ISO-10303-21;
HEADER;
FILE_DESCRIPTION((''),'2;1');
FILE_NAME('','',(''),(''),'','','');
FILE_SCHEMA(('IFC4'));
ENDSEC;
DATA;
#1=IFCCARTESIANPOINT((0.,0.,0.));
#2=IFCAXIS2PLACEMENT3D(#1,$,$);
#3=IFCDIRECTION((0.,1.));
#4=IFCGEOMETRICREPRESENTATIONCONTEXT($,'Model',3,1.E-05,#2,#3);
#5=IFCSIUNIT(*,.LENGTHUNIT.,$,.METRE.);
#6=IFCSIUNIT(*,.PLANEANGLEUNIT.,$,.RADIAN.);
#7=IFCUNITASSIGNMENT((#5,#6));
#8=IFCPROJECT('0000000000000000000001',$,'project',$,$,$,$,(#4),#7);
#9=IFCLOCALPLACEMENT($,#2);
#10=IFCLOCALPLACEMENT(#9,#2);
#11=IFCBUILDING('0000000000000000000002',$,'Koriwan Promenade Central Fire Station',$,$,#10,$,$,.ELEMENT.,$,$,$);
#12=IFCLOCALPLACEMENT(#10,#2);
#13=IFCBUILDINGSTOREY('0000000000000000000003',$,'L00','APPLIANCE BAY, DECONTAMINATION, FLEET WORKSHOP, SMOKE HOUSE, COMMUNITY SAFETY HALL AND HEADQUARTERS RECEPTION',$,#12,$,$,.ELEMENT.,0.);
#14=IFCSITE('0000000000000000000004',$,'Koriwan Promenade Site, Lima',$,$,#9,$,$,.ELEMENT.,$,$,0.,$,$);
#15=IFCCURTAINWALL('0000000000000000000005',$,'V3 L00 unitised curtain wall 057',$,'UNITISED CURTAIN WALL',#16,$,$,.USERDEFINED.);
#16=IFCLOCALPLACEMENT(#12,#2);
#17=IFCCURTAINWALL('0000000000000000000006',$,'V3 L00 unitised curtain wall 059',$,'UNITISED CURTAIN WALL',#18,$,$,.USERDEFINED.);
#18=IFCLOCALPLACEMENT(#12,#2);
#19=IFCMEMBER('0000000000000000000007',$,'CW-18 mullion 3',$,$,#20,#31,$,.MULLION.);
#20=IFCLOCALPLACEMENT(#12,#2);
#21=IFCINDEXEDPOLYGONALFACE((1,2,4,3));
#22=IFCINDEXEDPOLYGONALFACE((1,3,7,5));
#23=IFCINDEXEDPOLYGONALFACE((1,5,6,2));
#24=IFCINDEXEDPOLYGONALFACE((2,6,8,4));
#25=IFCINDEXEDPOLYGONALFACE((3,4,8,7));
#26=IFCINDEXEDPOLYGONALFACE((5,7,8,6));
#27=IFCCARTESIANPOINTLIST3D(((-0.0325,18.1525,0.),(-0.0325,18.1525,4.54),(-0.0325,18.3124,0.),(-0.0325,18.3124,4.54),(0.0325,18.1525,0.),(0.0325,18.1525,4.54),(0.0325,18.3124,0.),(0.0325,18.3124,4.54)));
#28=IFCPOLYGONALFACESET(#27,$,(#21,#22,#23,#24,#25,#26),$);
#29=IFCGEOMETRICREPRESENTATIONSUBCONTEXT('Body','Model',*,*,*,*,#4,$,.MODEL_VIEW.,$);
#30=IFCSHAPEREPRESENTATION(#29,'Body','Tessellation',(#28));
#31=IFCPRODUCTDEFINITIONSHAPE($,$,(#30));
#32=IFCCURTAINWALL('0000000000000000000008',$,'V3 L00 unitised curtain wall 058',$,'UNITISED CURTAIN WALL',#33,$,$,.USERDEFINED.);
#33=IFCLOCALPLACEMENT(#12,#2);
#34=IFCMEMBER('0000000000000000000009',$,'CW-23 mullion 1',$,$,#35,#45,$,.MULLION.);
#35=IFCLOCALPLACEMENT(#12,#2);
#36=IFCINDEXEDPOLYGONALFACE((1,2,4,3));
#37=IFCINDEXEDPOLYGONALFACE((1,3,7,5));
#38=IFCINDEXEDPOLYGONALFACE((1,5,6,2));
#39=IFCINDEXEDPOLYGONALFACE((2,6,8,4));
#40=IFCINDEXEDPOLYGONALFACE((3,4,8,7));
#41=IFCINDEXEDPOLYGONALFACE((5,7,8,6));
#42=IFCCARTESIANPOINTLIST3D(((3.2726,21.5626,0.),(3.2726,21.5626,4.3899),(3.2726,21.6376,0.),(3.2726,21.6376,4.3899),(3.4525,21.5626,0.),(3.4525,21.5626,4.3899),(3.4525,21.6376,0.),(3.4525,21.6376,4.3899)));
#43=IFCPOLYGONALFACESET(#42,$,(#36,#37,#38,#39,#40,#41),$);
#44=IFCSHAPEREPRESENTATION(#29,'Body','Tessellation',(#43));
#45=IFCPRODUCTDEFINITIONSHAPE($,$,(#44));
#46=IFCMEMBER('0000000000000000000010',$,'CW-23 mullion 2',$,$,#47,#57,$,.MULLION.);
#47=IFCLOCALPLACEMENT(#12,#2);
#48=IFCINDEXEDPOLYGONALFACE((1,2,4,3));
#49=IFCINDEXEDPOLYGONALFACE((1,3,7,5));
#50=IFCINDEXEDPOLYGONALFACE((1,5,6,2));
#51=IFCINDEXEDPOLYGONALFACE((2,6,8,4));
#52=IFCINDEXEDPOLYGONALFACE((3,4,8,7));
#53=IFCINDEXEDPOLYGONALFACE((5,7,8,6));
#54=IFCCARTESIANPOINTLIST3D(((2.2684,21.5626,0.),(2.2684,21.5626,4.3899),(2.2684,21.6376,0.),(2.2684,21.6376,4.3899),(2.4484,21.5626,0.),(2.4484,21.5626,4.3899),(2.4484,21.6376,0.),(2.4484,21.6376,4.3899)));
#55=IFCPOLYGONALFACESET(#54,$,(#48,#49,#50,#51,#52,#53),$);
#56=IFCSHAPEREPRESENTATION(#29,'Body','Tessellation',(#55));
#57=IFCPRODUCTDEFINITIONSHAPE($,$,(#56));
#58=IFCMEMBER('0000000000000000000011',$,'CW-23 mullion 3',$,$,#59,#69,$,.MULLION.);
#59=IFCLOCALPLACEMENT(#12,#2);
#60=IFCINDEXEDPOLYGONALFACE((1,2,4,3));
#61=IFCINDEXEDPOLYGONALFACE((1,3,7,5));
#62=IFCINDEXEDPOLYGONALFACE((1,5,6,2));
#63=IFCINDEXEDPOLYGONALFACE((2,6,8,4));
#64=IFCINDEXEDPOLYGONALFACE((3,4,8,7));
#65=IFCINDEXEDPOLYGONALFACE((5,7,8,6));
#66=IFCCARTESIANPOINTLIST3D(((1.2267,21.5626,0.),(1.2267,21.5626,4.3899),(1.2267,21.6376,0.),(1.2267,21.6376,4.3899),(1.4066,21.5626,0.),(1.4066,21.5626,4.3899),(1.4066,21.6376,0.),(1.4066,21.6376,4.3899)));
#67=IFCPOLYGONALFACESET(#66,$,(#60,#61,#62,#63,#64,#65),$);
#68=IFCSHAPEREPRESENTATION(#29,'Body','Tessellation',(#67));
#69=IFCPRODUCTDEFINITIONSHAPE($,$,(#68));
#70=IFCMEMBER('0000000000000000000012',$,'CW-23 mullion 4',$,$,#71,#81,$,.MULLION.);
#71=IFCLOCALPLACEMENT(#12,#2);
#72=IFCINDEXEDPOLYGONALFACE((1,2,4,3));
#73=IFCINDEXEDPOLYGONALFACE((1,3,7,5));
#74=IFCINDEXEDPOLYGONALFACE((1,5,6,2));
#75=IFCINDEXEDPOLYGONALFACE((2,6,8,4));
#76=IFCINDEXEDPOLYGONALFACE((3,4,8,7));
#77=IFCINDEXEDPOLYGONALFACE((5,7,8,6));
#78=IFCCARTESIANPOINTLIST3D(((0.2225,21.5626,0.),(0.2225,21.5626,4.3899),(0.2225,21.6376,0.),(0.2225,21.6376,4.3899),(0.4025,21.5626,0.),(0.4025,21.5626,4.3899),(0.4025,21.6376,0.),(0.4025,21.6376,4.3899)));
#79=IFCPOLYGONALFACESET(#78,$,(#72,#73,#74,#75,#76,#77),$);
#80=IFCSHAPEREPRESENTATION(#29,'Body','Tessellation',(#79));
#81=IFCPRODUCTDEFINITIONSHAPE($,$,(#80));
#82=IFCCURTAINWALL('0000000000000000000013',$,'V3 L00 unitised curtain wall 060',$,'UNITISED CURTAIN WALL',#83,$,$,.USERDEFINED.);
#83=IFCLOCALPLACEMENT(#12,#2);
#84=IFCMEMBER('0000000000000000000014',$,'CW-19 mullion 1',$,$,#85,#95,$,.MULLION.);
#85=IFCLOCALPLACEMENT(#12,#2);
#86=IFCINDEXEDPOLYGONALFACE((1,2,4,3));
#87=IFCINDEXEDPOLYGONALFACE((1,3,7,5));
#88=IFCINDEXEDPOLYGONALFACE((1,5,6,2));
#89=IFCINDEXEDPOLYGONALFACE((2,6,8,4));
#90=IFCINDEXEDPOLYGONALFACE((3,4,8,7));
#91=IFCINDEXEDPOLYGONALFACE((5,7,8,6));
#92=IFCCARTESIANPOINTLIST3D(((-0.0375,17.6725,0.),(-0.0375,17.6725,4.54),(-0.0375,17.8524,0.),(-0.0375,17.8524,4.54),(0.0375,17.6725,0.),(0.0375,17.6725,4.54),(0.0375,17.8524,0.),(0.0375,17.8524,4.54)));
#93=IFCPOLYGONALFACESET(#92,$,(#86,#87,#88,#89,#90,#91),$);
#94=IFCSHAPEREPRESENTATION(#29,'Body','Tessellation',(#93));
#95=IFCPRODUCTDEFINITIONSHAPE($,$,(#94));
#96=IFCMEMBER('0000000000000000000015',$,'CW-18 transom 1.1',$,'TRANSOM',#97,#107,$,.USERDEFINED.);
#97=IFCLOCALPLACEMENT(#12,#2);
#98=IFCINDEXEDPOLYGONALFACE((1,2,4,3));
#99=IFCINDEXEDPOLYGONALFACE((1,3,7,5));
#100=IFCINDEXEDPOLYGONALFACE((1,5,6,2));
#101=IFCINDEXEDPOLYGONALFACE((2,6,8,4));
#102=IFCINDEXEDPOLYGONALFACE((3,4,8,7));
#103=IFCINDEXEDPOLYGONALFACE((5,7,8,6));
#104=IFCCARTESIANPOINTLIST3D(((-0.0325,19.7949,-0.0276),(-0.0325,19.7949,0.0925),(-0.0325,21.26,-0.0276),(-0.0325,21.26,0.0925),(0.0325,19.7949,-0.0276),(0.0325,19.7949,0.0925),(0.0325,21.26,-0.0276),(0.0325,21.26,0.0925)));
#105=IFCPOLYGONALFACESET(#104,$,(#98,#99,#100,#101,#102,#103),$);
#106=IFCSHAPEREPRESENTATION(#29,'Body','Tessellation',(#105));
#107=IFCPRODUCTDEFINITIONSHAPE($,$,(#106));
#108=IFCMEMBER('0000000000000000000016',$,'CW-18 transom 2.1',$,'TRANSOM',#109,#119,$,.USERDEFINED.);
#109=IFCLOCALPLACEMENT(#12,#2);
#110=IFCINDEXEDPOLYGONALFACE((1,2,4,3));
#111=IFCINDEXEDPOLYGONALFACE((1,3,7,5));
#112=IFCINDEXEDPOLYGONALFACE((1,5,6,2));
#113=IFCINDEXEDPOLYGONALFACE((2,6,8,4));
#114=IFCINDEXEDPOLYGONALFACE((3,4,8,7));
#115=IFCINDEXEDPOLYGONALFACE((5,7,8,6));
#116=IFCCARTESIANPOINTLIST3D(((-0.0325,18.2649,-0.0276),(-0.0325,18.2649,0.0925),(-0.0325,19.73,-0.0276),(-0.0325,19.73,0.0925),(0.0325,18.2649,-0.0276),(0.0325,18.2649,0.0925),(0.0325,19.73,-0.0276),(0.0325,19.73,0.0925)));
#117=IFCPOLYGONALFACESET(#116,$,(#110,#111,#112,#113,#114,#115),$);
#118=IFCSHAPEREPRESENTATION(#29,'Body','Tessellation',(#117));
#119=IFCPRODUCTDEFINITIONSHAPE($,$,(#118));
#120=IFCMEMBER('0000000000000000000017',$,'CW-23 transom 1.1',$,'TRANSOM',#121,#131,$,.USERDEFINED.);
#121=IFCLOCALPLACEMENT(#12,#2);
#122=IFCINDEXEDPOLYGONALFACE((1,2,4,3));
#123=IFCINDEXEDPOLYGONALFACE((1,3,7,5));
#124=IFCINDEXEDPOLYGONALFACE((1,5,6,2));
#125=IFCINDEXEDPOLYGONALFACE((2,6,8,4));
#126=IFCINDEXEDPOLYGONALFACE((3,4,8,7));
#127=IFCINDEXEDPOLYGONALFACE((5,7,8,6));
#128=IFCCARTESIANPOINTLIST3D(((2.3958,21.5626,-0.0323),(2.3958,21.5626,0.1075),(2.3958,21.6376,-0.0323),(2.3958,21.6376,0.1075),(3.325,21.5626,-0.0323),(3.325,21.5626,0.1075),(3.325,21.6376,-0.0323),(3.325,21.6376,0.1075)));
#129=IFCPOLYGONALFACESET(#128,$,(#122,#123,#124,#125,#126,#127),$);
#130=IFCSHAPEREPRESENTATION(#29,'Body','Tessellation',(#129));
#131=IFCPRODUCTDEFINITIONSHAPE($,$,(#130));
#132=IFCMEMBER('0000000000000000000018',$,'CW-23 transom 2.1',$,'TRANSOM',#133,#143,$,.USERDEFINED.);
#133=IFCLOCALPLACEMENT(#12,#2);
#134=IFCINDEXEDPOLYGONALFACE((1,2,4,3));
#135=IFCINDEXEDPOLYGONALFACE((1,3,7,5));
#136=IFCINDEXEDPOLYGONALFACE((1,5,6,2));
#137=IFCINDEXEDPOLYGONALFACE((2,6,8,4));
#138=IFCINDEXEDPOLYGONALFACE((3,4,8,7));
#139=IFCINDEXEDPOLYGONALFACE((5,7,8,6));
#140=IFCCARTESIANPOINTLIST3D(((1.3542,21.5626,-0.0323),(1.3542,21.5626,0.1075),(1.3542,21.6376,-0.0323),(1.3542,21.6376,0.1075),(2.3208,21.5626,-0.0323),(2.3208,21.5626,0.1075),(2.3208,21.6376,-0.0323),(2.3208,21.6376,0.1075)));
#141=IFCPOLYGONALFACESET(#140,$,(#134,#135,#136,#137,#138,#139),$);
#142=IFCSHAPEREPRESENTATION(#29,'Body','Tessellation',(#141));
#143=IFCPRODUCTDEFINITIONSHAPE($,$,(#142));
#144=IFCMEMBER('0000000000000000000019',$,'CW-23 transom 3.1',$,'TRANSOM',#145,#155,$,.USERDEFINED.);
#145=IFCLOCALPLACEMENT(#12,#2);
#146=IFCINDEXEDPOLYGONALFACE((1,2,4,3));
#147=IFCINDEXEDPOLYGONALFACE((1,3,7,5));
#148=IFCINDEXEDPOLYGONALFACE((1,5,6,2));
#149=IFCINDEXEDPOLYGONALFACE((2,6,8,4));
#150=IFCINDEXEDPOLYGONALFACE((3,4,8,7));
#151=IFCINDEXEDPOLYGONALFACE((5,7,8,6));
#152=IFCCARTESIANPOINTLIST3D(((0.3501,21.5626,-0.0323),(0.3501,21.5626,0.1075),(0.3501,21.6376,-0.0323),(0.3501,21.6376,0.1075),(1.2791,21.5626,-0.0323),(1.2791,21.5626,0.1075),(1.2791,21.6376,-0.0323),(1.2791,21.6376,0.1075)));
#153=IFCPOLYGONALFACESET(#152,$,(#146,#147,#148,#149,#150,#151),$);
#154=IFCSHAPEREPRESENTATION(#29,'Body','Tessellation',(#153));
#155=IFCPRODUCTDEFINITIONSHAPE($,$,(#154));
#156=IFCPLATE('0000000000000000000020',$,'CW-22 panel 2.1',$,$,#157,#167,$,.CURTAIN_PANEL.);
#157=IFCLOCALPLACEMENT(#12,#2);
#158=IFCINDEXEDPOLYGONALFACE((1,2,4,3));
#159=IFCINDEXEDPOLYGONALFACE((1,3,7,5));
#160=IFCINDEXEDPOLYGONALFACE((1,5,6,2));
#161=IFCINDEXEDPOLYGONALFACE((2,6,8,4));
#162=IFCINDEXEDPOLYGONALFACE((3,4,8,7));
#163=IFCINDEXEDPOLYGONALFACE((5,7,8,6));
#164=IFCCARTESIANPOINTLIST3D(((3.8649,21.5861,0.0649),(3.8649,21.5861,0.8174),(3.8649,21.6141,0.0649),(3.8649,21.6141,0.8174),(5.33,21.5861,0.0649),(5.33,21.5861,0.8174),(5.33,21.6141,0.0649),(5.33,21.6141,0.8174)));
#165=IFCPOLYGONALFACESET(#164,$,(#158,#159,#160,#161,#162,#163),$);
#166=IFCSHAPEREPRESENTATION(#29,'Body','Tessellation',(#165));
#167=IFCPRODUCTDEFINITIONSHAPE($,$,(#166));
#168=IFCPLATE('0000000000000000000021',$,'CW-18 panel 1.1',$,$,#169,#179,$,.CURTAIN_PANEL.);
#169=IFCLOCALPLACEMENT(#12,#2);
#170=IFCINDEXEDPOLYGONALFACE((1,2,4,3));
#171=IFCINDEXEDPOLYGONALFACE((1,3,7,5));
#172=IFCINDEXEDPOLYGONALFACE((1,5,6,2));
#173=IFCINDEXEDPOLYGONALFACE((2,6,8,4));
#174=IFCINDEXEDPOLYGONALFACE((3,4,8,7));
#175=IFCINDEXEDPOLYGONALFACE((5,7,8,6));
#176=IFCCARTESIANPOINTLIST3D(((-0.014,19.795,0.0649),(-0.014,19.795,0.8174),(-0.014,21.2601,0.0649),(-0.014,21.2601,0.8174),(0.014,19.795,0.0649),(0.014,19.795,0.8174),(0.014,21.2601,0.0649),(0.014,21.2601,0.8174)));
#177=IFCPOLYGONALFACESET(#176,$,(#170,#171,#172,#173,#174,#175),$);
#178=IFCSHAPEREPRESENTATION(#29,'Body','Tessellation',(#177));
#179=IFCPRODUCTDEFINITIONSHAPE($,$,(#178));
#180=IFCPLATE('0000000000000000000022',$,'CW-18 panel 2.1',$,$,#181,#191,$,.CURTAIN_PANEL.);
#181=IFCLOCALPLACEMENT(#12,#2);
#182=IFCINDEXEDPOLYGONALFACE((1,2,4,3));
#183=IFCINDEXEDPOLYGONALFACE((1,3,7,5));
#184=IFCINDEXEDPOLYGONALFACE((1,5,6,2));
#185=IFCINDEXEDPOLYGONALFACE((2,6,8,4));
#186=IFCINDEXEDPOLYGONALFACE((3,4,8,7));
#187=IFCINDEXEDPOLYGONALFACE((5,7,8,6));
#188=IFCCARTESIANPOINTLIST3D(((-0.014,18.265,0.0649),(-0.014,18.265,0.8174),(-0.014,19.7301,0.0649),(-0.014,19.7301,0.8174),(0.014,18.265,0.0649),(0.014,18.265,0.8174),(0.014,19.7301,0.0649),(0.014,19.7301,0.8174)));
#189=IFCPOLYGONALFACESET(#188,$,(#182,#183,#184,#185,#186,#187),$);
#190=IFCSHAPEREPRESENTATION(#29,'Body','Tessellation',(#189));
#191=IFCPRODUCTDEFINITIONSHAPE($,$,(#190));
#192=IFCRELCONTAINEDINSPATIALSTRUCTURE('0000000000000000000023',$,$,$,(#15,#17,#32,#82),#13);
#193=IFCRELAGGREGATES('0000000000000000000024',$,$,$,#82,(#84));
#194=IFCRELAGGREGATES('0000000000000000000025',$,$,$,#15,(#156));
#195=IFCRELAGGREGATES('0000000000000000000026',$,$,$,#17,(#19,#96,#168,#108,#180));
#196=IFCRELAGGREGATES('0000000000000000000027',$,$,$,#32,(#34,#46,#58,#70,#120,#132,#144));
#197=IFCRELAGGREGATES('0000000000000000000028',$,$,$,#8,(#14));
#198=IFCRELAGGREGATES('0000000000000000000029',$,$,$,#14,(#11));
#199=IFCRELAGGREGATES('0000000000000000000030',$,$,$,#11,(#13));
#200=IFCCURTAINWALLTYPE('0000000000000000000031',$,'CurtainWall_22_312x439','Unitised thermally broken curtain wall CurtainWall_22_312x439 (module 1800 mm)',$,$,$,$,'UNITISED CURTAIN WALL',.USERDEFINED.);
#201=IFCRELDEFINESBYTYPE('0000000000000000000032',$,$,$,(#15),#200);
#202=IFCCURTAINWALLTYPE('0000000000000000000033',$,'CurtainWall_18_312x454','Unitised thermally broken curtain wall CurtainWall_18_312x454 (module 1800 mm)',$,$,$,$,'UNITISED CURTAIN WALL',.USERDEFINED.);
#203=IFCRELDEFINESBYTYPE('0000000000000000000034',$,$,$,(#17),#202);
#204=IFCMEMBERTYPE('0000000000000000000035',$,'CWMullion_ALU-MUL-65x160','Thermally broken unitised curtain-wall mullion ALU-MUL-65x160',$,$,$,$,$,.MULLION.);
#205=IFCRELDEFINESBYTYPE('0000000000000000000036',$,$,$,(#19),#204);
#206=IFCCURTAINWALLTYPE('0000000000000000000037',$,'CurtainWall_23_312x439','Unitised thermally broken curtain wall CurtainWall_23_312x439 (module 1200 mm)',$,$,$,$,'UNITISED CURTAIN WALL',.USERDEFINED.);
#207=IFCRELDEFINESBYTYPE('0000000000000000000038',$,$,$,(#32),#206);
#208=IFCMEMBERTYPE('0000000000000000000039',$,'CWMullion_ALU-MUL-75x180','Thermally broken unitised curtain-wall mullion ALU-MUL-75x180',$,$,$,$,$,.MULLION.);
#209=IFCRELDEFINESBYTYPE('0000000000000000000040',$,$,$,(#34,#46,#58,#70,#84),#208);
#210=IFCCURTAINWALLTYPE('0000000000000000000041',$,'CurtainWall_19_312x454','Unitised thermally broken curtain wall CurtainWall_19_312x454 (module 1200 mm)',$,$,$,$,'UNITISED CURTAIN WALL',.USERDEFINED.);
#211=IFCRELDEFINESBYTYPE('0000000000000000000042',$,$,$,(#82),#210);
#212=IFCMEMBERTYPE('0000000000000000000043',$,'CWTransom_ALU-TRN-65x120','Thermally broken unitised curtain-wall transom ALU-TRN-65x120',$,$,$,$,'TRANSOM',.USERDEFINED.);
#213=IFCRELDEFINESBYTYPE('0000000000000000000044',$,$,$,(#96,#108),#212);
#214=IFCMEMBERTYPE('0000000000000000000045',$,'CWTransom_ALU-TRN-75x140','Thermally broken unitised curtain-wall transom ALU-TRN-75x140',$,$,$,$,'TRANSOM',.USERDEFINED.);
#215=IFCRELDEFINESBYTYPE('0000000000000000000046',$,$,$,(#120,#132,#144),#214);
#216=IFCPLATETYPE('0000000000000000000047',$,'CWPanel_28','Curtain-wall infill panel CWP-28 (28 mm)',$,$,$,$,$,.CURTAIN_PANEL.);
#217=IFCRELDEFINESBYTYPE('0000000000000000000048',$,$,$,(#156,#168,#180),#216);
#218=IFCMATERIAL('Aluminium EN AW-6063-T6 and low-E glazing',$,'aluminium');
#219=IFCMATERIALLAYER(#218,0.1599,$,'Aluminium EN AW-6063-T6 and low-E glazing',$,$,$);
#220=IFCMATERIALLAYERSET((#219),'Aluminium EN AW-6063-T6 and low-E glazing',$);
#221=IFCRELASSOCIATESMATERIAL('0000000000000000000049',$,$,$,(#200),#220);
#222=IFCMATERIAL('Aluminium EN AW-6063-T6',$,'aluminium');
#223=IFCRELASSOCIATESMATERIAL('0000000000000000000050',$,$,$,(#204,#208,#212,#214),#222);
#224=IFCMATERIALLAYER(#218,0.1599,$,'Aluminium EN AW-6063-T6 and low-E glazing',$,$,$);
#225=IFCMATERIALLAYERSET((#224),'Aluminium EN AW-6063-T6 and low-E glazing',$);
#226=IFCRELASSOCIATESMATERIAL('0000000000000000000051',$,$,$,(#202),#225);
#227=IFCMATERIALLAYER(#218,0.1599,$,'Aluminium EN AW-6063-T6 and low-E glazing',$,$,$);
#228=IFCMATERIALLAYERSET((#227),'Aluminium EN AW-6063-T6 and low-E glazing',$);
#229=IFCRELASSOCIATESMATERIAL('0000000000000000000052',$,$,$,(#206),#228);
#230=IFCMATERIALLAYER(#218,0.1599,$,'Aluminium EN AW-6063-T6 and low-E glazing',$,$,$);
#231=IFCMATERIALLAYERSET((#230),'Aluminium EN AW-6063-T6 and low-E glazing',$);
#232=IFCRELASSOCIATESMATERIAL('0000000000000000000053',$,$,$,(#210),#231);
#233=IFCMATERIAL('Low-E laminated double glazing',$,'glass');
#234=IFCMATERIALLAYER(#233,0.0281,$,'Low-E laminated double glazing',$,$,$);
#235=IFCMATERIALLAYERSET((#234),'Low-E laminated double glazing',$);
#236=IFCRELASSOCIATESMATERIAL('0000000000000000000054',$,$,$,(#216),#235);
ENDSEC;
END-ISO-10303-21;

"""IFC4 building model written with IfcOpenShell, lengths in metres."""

from ifc_helpers import new_model, si_unit, direction, frame, origin, origin_2d, place, context, subcontext, project, spatial, rectangle, extrude, material, layer, layer_set, material_profile, profile_set, type_object, element, aggregate, save


model = new_model("IFC4")

# Units and contexts
model_context = context("Model", 3, precision=1e-05, world=origin(), true_north=direction((0.0, 1.0)))
body_context = subcontext(model_context, "Body", "Model", "MODEL_VIEW")
ifc_project = project(units=[si_unit("LENGTHUNIT", "METRE"), si_unit("PLANEANGLEUNIT", "RADIAN")], contexts=[model_context])

# Site, building, storey
site_placement = place(None, origin())
site = spatial("IfcSite", under=ifc_project, at=site_placement, Name="Koriwan Promenade Site, Lima", CompositionType="ELEMENT", RefElevation=0.0)
building_placement = place(site_placement, origin())
building = spatial("IfcBuilding", under=site, at=building_placement, Name="Koriwan Promenade Central Fire Station", CompositionType="ELEMENT")
storey_placement = place(building_placement, origin())
storey = spatial("IfcBuildingStorey", under=building, at=storey_placement, Name="L00", Description="APPLIANCE BAY, DECONTAMINATION, FLEET WORKSHOP, SMOKE HOUSE, COMMUNITY SAFETY HALL AND HEADQUARTERS RECEPTION", CompositionType="ELEMENT", Elevation=0.0)

# Curtain wall
ifc_material_1 = material(Name="Aluminium EN AW-6063-T6 and low-E glazing", Category="aluminium")
ifc_layer_1 = layer(ifc_material_1, 0.1599, Name="Aluminium EN AW-6063-T6 and low-E glazing")
ifc_layer_set_1 = layer_set([ifc_layer_1], Name="Aluminium EN AW-6063-T6 and low-E glazing")
curtain_wall_type_1 = type_object("IfcCurtainWallType", Name="CurtainWall_22_312x439", Description="Unitised thermally broken curtain wall CurtainWall_22_312x439 (module 1800 mm)", ElementType="UNITISED CURTAIN WALL", PredefinedType="USERDEFINED", material=ifc_layer_set_1)
curtain_wall_1_placement = place(storey_placement, origin())
curtain_wall_1 = element("IfcCurtainWall", 1, at=curtain_wall_1_placement, inside=storey, type_object=curtain_wall_type_1, Name="V3 L00 unitised curtain wall 057", ObjectType="UNITISED CURTAIN WALL", PredefinedType="USERDEFINED")
ifc_material_2 = material(Name="Aluminium EN AW-6063-T6", Category="aluminium")
ifc_material_profile_1 = material_profile(ifc_material_2, rectangle(XDim=0.0649, YDim=0.1599, at=origin_2d()), Name="ALU-MUL-65x160")
ifc_profile_set_1 = profile_set([ifc_material_profile_1], Name="Aluminium EN AW-6063-T6")
member_type_1 = type_object("IfcMemberType", Name="CWMullion_ALU-MUL-65x160", Description="Thermally broken unitised curtain-wall mullion ALU-MUL-65x160", PredefinedType="MULLION", material=ifc_profile_set_1)

# Curtain walls, members
ifc_layer_2 = layer(ifc_material_1, 0.1599, Name="Aluminium EN AW-6063-T6 and low-E glazing")
ifc_layer_set_2 = layer_set([ifc_layer_2], Name="Aluminium EN AW-6063-T6 and low-E glazing")
curtain_wall_type_2 = type_object("IfcCurtainWallType", Name="CurtainWall_18_312x454", Description="Unitised thermally broken curtain wall CurtainWall_18_312x454 (module 1800 mm)", ElementType="UNITISED CURTAIN WALL", PredefinedType="USERDEFINED", material=ifc_layer_set_2)
curtain_wall_2_placement = place(storey_placement, origin())
curtain_wall_2 = element("IfcCurtainWall", 2, at=curtain_wall_2_placement, inside=storey, type_object=curtain_wall_type_2, Name="V3 L00 unitised curtain wall 059", ObjectType="UNITISED CURTAIN WALL", PredefinedType="USERDEFINED")
member_1_placement = place(storey_placement, frame((0.0, 18.2324, 0.0), z_axis=(0.0, 0.0, 1.0), x_axis=(1.0, 0.0, 0.0)))
member_1 = element("IfcMember", 3, at=member_1_placement, type_object=member_type_1, Name="CW-18 mullion 3", PredefinedType="MULLION", context=body_context, shape_type="SweptSolid", body=[
    extrude(rectangle(XDim=0.0649, YDim=0.1599, at=origin_2d()), origin(), (0.0, 0.0, 1.0), 4.54),
])
ifc_layer_3 = layer(ifc_material_1, 0.1599, Name="Aluminium EN AW-6063-T6 and low-E glazing")
ifc_layer_set_3 = layer_set([ifc_layer_3], Name="Aluminium EN AW-6063-T6 and low-E glazing")
curtain_wall_type_3 = type_object("IfcCurtainWallType", Name="CurtainWall_23_312x439", Description="Unitised thermally broken curtain wall CurtainWall_23_312x439 (module 1200 mm)", ElementType="UNITISED CURTAIN WALL", PredefinedType="USERDEFINED", material=ifc_layer_set_3)
curtain_wall_3_placement = place(storey_placement, origin())
curtain_wall_3 = element("IfcCurtainWall", 4, at=curtain_wall_3_placement, inside=storey, type_object=curtain_wall_type_3, Name="V3 L00 unitised curtain wall 058", ObjectType="UNITISED CURTAIN WALL", PredefinedType="USERDEFINED")
ifc_material_profile_2 = material_profile(ifc_material_2, rectangle(XDim=0.075, YDim=0.1799, at=origin_2d()), Name="ALU-MUL-75x180")
ifc_profile_set_2 = profile_set([ifc_material_profile_2], Name="Aluminium EN AW-6063-T6")
member_type_2 = type_object("IfcMemberType", Name="CWMullion_ALU-MUL-75x180", Description="Thermally broken unitised curtain-wall mullion ALU-MUL-75x180", PredefinedType="MULLION", material=ifc_profile_set_2)
member_2_placement = place(storey_placement, frame((3.3625, 21.6001, 0.0), z_axis=(0.0, 0.0, 1.0), x_axis=(0.0, -1.0, 0.0)))
member_2 = element("IfcMember", 5, at=member_2_placement, type_object=member_type_2, Name="CW-23 mullion 1", PredefinedType="MULLION", context=body_context, shape_type="SweptSolid", body=[
    extrude(rectangle(XDim=0.075, YDim=0.1799, at=origin_2d()), origin(), (0.0, 0.0, 1.0), 4.3899),
])
member_3_placement = place(storey_placement, frame((2.3584, 21.6001, 0.0), z_axis=(0.0, 0.0, 1.0), x_axis=(0.0, -1.0, 0.0)))
member_3 = element("IfcMember", 6, at=member_3_placement, type_object=member_type_2, Name="CW-23 mullion 2", PredefinedType="MULLION", context=body_context, shape_type="SweptSolid", body=[
    extrude(rectangle(XDim=0.075, YDim=0.1799, at=origin_2d()), origin(), (0.0, 0.0, 1.0), 4.3899),
])
member_4_placement = place(storey_placement, frame((1.3167, 21.6001, 0.0), z_axis=(0.0, 0.0, 1.0), x_axis=(0.0, -1.0, 0.0)))
member_4 = element("IfcMember", 7, at=member_4_placement, type_object=member_type_2, Name="CW-23 mullion 3", PredefinedType="MULLION", context=body_context, shape_type="SweptSolid", body=[
    extrude(rectangle(XDim=0.075, YDim=0.1799, at=origin_2d()), origin(), (0.0, 0.0, 1.0), 4.3899),
])
member_5_placement = place(storey_placement, frame((0.3125, 21.6001, 0.0), z_axis=(0.0, 0.0, 1.0), x_axis=(0.0, -1.0, 0.0)))
member_5 = element("IfcMember", 8, at=member_5_placement, type_object=member_type_2, Name="CW-23 mullion 4", PredefinedType="MULLION", context=body_context, shape_type="SweptSolid", body=[
    extrude(rectangle(XDim=0.075, YDim=0.1799, at=origin_2d()), origin(), (0.0, 0.0, 1.0), 4.3899),
])

# Curtain wall, member
ifc_layer_4 = layer(ifc_material_1, 0.1599, Name="Aluminium EN AW-6063-T6 and low-E glazing")
ifc_layer_set_4 = layer_set([ifc_layer_4], Name="Aluminium EN AW-6063-T6 and low-E glazing")
curtain_wall_type_4 = type_object("IfcCurtainWallType", Name="CurtainWall_19_312x454", Description="Unitised thermally broken curtain wall CurtainWall_19_312x454 (module 1200 mm)", ElementType="UNITISED CURTAIN WALL", PredefinedType="USERDEFINED", material=ifc_layer_set_4)
curtain_wall_4_placement = place(storey_placement, origin())
curtain_wall_4 = element("IfcCurtainWall", 9, at=curtain_wall_4_placement, inside=storey, type_object=curtain_wall_type_4, Name="V3 L00 unitised curtain wall 060", ObjectType="UNITISED CURTAIN WALL", PredefinedType="USERDEFINED")
member_6_placement = place(storey_placement, frame((0.0, 17.7625, 0.0), z_axis=(0.0, 0.0, 1.0), x_axis=(1.0, 0.0, 0.0)))
member_6 = element("IfcMember", 10, at=member_6_placement, type_object=member_type_2, Name="CW-19 mullion 1", PredefinedType="MULLION", context=body_context, shape_type="SweptSolid", body=[
    extrude(rectangle(XDim=0.075, YDim=0.1799, at=origin_2d()), origin(), (0.0, 0.0, 1.0), 4.54),
])
aggregate(curtain_wall_4, [member_6])

# Members
ifc_material_profile_3 = material_profile(ifc_material_2, rectangle(XDim=0.0649, YDim=0.1201, at=origin_2d()), Name="ALU-TRN-65x120")
ifc_profile_set_3 = profile_set([ifc_material_profile_3], Name="Aluminium EN AW-6063-T6")
member_type_3 = type_object("IfcMemberType", Name="CWTransom_ALU-TRN-65x120", Description="Thermally broken unitised curtain-wall transom ALU-TRN-65x120", ElementType="TRANSOM", PredefinedType="USERDEFINED", material=ifc_profile_set_3)
member_7_placement = place(storey_placement, frame((0.0, 21.26, 0.0325), z_axis=(0.0, -1.0, 0.0), x_axis=(1.0, 0.0, 0.0)))
member_7 = element("IfcMember", 11, at=member_7_placement, type_object=member_type_3, Name="CW-18 transom 1.1", ObjectType="TRANSOM", PredefinedType="USERDEFINED", context=body_context, shape_type="SweptSolid", body=[
    extrude(rectangle(XDim=0.0649, YDim=0.1201, at=origin_2d()), origin(), (0.0, 0.0, 1.0), 1.4651),
])
member_8_placement = place(storey_placement, frame((0.0, 19.73, 0.0325), z_axis=(0.0, -1.0, 0.0), x_axis=(1.0, 0.0, 0.0)))
member_8 = element("IfcMember", 12, at=member_8_placement, type_object=member_type_3, Name="CW-18 transom 2.1", ObjectType="TRANSOM", PredefinedType="USERDEFINED", context=body_context, shape_type="SweptSolid", body=[
    extrude(rectangle(XDim=0.0649, YDim=0.1201, at=origin_2d()), origin(), (0.0, 0.0, 1.0), 1.4651),
])
ifc_material_profile_4 = material_profile(ifc_material_2, rectangle(XDim=0.075, YDim=0.1399, at=origin_2d()), Name="ALU-TRN-75x140")
ifc_profile_set_4 = profile_set([ifc_material_profile_4], Name="Aluminium EN AW-6063-T6")
member_type_4 = type_object("IfcMemberType", Name="CWTransom_ALU-TRN-75x140", Description="Thermally broken unitised curtain-wall transom ALU-TRN-75x140", ElementType="TRANSOM", PredefinedType="USERDEFINED", material=ifc_profile_set_4)
member_9_placement = place(storey_placement, frame((3.325, 21.6001, 0.0376), z_axis=(-1.0, 0.0, 0.0), x_axis=(0.0, -1.0, 0.0)))
member_9 = element("IfcMember", 13, at=member_9_placement, type_object=member_type_4, Name="CW-23 transom 1.1", ObjectType="TRANSOM", PredefinedType="USERDEFINED", context=body_context, shape_type="SweptSolid", body=[
    extrude(rectangle(XDim=0.075, YDim=0.1399, at=origin_2d()), origin(), (0.0, 0.0, 1.0), 0.9292),
])
member_10_placement = place(storey_placement, frame((2.3208, 21.6001, 0.0376), z_axis=(-1.0, 0.0, 0.0), x_axis=(0.0, -1.0, 0.0)))
member_10 = element("IfcMember", 14, at=member_10_placement, type_object=member_type_4, Name="CW-23 transom 2.1", ObjectType="TRANSOM", PredefinedType="USERDEFINED", context=body_context, shape_type="SweptSolid", body=[
    extrude(rectangle(XDim=0.075, YDim=0.1399, at=origin_2d()), origin(), (0.0, 0.0, 1.0), 0.9666),
])
member_11_placement = place(storey_placement, frame((1.2791, 21.6001, 0.0376), z_axis=(-1.0, 0.0, 0.0), x_axis=(0.0, -1.0, 0.0)))
member_11 = element("IfcMember", 15, at=member_11_placement, type_object=member_type_4, Name="CW-23 transom 3.1", ObjectType="TRANSOM", PredefinedType="USERDEFINED", context=body_context, shape_type="SweptSolid", body=[
    extrude(rectangle(XDim=0.075, YDim=0.1399, at=origin_2d()), origin(), (0.0, 0.0, 1.0), 0.929),
])

# Plates
ifc_material_3 = material(Name="Low-E laminated double glazing", Category="glass")
ifc_layer_5 = layer(ifc_material_3, 0.0281, Name="Low-E laminated double glazing")
ifc_layer_set_5 = layer_set([ifc_layer_5], Name="Low-E laminated double glazing")
plate_type_1 = type_object("IfcPlateType", Name="CWPanel_28", Description="Curtain-wall infill panel CWP-28 (28 mm)", PredefinedType="CURTAIN_PANEL", material=ifc_layer_set_5)
plate_1_placement = place(storey_placement, frame((4.5974, 21.6001, 0.0649), z_axis=(0.0, 0.0, 1.0), x_axis=(-1.0, 0.0, 0.0)))
plate_1 = element("IfcPlate", 16, at=plate_1_placement, type_object=plate_type_1, Name="CW-22 panel 2.1", PredefinedType="CURTAIN_PANEL", context=body_context, shape_type="SweptSolid", body=[
    extrude(rectangle(XDim=1.4651, YDim=0.0281, at=origin_2d()), origin(), (0.0, 0.0, 1.0), 0.7524),
])
aggregate(curtain_wall_1, [plate_1])
plate_2_placement = place(storey_placement, frame((0.0, 20.5276, 0.0649), z_axis=(0.0, 0.0, 1.0), x_axis=(0.0, -1.0, 0.0)))
plate_2 = element("IfcPlate", 17, at=plate_2_placement, type_object=plate_type_1, Name="CW-18 panel 1.1", PredefinedType="CURTAIN_PANEL", context=body_context, shape_type="SweptSolid", body=[
    extrude(rectangle(XDim=1.4651, YDim=0.0281, at=origin_2d()), origin(), (0.0, 0.0, 1.0), 0.7524),
])
plate_3_placement = place(storey_placement, frame((0.0, 18.9976, 0.0649), z_axis=(0.0, 0.0, 1.0), x_axis=(0.0, -1.0, 0.0)))
plate_3 = element("IfcPlate", 18, at=plate_3_placement, type_object=plate_type_1, Name="CW-18 panel 2.1", PredefinedType="CURTAIN_PANEL", context=body_context, shape_type="SweptSolid", body=[
    extrude(rectangle(XDim=1.4651, YDim=0.0281, at=origin_2d()), origin(), (0.0, 0.0, 1.0), 0.7524),
])
aggregate(curtain_wall_2, [member_1, member_7, plate_2, member_8, plate_3])
aggregate(curtain_wall_3, [member_2, member_3, member_4, member_5, member_9, member_10, member_11])

save(model, "model.ifc")
